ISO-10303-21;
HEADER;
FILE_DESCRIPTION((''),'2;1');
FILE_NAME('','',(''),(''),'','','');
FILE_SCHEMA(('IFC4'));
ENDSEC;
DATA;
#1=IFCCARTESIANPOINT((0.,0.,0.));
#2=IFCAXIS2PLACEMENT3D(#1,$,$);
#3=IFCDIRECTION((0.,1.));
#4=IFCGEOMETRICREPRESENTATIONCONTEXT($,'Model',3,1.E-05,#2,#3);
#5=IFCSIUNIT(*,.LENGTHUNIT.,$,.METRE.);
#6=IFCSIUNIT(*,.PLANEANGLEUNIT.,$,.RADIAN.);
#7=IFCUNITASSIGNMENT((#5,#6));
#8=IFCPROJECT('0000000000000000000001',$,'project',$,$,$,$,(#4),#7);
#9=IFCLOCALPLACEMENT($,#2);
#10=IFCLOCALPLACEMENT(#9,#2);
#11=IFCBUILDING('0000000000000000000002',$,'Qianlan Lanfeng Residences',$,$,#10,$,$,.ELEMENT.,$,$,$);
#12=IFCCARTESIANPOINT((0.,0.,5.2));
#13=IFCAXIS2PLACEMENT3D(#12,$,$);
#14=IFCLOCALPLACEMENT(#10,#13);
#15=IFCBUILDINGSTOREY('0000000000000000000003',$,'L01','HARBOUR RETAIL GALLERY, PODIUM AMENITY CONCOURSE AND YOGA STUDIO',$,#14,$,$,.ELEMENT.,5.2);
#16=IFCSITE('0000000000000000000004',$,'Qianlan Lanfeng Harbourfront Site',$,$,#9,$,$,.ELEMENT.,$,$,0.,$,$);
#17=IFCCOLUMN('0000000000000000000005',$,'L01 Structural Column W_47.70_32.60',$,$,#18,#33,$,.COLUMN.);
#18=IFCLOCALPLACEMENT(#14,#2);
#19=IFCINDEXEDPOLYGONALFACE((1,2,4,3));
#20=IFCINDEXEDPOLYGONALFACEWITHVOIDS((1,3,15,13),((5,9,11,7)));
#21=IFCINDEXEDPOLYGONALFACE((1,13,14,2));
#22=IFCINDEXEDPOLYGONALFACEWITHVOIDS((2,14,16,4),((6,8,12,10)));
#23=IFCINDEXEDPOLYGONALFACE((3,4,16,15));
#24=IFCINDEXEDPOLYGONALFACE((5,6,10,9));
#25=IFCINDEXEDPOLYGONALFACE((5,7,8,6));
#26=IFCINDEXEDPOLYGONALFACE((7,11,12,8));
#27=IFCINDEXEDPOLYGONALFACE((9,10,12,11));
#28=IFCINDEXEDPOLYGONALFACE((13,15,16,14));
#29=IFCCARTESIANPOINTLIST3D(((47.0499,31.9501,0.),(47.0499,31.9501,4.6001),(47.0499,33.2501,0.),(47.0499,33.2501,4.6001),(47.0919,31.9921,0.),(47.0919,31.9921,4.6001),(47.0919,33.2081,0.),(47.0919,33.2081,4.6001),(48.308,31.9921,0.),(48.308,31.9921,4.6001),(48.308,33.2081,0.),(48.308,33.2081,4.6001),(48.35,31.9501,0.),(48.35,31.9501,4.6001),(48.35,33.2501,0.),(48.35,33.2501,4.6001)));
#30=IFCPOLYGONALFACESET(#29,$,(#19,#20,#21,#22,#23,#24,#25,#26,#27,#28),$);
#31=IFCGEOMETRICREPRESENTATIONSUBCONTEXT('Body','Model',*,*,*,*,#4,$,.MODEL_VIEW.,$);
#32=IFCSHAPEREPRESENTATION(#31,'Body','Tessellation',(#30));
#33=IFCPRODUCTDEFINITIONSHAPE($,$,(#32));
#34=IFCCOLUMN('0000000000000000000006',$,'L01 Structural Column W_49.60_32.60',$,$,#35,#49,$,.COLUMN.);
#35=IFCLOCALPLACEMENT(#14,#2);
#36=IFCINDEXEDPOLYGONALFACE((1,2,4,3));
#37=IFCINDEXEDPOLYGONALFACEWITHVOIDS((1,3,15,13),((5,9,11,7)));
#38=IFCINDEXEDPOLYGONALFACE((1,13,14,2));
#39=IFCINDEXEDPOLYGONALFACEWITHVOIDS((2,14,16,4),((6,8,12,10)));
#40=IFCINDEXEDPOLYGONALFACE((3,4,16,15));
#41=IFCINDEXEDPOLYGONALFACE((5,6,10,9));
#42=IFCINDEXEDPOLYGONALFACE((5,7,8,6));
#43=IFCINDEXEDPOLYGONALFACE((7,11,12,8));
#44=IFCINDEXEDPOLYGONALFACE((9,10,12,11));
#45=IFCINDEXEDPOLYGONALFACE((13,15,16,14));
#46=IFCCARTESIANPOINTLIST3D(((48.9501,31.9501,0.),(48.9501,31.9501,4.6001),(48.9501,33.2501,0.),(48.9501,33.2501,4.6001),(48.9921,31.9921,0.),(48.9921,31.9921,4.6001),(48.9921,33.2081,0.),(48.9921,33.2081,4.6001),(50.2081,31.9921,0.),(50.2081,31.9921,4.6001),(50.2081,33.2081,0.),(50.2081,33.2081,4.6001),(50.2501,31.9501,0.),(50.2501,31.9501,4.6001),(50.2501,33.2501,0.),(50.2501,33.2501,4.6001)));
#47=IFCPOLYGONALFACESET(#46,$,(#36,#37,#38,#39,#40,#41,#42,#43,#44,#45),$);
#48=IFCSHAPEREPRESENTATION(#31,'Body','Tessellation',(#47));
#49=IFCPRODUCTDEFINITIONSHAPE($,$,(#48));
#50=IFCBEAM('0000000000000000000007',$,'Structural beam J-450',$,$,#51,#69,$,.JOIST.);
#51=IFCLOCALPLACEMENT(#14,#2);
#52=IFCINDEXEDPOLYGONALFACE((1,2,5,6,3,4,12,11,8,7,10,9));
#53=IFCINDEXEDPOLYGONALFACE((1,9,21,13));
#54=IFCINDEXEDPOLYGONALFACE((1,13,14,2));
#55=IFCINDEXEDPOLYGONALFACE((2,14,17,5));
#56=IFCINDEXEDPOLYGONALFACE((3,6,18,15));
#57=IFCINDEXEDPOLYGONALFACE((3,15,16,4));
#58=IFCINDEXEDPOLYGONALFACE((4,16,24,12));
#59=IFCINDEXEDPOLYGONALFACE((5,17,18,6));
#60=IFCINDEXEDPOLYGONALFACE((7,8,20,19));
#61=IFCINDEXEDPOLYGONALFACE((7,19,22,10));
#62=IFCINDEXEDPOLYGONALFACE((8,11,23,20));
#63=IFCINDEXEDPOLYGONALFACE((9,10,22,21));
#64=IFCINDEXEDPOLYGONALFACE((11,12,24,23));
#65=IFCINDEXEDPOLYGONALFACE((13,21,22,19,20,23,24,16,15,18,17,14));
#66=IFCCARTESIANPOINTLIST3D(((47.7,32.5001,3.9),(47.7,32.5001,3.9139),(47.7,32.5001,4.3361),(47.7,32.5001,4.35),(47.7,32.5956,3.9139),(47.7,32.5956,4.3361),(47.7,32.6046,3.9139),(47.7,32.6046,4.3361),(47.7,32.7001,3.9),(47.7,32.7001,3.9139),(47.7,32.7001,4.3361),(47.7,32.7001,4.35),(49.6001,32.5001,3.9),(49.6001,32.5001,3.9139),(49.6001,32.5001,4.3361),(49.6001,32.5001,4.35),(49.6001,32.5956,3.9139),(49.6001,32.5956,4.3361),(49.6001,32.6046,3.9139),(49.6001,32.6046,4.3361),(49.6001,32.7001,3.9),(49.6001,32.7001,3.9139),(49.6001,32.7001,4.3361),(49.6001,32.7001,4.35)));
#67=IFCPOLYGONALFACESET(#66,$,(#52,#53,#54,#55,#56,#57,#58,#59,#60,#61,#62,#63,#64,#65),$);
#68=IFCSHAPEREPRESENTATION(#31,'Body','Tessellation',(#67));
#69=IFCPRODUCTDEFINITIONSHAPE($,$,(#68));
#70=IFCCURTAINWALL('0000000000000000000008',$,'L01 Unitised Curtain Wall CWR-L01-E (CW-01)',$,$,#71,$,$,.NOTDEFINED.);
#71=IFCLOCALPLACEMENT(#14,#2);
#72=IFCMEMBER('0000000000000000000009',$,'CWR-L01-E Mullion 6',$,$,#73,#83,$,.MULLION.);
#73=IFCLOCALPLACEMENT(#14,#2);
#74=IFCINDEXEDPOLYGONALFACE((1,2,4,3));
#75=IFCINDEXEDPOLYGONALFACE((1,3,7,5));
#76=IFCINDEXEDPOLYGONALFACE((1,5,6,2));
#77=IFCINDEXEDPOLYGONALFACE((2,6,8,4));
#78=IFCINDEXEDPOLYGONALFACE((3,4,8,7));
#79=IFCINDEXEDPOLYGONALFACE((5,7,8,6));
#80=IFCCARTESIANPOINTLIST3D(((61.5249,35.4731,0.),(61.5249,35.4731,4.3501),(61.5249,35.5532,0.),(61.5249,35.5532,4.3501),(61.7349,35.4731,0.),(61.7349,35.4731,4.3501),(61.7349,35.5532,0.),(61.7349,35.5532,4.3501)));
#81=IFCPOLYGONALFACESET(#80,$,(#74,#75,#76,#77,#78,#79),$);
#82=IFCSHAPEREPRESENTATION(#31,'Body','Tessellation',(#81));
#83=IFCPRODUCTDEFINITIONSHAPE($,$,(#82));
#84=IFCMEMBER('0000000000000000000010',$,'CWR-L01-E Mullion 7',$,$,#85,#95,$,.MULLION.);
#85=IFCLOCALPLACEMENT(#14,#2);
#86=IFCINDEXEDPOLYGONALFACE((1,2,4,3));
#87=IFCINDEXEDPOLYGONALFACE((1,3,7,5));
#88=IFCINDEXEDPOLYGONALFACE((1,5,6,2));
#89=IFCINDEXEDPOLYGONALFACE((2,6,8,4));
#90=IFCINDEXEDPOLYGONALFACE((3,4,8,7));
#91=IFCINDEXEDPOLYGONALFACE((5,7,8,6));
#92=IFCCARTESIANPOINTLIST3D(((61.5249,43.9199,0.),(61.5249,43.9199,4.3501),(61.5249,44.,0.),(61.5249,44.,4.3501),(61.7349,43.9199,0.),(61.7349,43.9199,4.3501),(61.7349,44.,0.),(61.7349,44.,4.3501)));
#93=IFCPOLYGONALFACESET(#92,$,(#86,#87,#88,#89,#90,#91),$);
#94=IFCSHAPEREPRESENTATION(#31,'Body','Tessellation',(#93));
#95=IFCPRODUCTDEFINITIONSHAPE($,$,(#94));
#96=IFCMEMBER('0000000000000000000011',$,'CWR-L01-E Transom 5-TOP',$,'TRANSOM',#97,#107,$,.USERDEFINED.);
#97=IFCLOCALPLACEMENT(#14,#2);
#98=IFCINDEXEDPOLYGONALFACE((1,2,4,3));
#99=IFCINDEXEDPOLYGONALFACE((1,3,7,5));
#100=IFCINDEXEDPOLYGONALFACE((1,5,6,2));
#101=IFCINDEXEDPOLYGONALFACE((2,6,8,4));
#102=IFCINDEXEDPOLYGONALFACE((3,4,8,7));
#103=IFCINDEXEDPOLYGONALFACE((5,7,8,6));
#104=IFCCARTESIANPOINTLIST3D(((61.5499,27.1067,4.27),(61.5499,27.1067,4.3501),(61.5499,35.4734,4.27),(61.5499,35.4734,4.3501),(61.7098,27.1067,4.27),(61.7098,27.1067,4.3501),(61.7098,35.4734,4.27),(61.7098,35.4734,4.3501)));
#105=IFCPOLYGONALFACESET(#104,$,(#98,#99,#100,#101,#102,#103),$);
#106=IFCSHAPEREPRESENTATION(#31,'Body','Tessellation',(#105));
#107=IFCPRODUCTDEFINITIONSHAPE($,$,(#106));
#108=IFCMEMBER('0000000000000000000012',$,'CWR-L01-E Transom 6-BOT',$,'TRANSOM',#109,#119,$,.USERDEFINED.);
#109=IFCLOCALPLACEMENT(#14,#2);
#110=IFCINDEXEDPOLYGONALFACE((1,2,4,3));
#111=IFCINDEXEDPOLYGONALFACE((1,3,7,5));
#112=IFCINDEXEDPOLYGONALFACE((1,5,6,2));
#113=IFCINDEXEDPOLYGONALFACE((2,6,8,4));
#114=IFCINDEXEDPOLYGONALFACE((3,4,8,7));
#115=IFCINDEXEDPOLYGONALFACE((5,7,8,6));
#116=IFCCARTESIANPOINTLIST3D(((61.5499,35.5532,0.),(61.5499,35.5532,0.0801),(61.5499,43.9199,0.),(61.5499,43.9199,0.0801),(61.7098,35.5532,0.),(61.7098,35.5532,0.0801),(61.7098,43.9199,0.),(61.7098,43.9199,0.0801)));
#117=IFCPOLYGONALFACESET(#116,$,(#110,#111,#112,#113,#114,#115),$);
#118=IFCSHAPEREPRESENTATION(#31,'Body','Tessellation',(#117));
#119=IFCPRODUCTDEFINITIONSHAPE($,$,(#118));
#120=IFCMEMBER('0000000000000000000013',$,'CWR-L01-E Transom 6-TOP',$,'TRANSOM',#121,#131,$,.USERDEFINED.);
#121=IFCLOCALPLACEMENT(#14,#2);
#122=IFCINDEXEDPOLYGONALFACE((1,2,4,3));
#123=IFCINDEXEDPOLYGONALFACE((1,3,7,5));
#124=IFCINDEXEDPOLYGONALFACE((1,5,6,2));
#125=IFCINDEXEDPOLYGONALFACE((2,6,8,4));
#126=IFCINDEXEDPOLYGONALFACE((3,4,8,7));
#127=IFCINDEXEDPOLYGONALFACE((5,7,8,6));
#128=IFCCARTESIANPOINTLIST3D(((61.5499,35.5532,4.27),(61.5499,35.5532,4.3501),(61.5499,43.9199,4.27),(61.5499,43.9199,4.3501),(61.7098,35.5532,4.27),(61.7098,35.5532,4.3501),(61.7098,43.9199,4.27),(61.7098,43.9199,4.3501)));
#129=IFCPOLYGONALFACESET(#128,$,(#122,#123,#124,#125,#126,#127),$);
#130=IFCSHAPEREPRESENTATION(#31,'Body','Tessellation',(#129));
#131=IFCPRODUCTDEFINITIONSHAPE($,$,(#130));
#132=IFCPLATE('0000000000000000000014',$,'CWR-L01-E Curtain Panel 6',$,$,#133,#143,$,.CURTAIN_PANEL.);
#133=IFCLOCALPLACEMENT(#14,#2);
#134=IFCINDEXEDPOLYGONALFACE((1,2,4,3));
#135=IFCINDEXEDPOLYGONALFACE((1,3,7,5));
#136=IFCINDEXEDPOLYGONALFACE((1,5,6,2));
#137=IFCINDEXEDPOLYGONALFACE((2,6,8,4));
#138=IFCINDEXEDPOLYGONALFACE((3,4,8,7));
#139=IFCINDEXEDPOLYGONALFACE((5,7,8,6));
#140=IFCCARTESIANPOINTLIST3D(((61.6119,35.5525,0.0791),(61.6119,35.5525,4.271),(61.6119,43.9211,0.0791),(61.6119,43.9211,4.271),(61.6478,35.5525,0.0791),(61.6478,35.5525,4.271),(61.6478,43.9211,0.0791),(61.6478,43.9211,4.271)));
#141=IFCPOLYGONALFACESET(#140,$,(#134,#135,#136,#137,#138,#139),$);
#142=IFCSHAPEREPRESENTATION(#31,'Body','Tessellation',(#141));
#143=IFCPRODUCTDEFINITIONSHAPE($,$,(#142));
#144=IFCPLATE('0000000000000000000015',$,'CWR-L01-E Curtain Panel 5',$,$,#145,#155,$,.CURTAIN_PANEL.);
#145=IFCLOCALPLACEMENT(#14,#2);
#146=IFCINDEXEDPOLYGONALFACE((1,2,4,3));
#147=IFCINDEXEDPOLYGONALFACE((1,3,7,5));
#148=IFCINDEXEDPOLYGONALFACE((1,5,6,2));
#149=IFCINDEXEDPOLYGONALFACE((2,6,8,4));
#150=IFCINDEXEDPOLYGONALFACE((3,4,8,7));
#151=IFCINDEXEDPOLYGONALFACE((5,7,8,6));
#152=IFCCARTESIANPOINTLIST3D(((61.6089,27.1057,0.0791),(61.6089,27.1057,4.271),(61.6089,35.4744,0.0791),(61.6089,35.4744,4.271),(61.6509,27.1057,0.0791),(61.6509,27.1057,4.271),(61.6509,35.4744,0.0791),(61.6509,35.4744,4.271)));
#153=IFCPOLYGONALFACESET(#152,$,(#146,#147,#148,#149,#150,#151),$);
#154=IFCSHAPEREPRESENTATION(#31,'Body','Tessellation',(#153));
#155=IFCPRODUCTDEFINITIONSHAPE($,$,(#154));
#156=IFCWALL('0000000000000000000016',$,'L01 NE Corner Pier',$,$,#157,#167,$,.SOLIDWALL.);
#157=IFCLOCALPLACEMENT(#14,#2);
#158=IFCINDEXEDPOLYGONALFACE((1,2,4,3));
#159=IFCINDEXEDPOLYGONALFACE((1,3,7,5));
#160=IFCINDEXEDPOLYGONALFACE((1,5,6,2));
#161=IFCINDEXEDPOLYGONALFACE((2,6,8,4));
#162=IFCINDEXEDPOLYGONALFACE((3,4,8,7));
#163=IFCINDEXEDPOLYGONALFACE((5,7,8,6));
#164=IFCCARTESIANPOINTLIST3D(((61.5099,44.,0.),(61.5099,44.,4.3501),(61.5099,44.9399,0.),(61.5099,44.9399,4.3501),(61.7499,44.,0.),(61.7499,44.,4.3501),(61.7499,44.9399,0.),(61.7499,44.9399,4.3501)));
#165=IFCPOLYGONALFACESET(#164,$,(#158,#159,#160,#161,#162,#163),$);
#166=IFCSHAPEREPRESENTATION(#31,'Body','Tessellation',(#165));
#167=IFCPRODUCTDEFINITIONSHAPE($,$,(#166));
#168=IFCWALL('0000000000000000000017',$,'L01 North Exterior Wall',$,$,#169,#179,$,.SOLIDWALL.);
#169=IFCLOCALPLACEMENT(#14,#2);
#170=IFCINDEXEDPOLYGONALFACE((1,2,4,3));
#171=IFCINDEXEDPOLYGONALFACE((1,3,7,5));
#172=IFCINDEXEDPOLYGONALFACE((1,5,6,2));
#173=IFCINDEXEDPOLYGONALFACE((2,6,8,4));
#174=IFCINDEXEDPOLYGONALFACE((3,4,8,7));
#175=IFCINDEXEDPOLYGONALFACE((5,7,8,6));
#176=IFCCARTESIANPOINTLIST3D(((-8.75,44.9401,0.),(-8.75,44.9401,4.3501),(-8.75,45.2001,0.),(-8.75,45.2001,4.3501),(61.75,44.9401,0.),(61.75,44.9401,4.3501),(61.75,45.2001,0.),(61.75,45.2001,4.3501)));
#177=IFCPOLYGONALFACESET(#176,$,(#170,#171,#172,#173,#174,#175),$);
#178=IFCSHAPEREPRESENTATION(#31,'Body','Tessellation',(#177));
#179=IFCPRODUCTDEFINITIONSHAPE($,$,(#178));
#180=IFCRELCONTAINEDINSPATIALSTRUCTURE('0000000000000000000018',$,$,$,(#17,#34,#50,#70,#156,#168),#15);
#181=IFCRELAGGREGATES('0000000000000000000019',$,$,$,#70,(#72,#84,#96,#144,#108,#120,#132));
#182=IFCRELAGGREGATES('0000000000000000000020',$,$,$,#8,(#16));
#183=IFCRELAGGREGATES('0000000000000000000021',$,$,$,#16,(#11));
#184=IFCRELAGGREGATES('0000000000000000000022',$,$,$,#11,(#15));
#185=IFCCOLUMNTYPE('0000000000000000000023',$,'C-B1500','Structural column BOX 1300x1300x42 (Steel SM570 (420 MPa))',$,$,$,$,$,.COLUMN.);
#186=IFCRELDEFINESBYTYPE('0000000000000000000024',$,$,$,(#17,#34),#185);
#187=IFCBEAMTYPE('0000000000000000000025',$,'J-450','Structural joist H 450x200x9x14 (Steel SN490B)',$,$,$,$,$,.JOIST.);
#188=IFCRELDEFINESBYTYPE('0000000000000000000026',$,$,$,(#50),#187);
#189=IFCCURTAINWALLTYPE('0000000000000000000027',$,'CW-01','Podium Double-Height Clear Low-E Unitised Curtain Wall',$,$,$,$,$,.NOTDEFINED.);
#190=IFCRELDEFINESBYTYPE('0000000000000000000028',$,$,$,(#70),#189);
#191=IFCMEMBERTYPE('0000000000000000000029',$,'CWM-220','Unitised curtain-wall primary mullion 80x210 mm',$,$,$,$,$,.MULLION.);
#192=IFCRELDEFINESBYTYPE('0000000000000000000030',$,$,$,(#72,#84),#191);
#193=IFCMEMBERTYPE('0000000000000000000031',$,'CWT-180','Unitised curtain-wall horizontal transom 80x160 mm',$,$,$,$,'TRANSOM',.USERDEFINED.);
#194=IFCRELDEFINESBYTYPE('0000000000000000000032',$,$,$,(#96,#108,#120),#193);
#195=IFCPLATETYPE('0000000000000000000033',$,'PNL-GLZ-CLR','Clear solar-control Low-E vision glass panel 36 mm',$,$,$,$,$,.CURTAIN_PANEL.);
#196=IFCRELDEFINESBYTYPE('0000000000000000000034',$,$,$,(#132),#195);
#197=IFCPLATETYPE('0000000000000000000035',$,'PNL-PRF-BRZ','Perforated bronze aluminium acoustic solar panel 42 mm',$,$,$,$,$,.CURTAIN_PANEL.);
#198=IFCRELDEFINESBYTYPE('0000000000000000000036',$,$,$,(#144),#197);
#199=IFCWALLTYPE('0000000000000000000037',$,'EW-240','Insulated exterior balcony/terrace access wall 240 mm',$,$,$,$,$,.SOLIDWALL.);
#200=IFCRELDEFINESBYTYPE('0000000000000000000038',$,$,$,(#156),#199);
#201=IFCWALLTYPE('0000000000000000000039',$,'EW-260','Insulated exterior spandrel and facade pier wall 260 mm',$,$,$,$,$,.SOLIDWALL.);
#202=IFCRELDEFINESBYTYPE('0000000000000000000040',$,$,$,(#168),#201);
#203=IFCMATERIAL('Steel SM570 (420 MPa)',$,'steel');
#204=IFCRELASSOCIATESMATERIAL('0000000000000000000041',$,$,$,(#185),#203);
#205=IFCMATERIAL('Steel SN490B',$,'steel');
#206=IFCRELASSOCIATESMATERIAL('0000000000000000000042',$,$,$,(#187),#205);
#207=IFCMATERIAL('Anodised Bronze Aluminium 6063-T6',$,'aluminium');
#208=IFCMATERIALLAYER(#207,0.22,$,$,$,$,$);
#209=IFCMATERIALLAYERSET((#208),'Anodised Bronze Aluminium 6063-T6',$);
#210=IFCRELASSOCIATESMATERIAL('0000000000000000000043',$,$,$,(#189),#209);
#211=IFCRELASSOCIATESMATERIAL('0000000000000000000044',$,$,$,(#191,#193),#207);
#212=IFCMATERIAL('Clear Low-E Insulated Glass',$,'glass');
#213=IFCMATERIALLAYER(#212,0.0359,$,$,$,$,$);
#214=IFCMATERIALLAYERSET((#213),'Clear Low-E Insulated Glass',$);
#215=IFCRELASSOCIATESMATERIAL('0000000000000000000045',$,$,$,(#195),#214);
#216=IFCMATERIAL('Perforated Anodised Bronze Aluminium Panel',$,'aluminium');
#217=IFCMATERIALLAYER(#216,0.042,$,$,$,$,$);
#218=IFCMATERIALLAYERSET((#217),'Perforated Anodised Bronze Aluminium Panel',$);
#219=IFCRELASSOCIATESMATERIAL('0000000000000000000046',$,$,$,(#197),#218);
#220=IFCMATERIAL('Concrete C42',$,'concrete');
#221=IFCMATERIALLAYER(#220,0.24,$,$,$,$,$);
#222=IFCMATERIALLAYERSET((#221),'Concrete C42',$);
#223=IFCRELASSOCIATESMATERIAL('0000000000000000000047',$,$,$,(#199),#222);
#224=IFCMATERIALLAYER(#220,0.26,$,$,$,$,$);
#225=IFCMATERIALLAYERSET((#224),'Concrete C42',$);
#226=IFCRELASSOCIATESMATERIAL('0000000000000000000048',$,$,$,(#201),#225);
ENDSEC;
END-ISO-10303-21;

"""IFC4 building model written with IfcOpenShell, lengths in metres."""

from ifc_helpers import new_model, si_unit, direction, frame, frame_2d, origin, origin_2d, place, context, subcontext, project, spatial, rectangle, hollow_rectangle, i_section, extrude, source, transform, mapped, material, layer, layer_set, material_profile, profile_set, type_object, element, aggregate, save


model = new_model("IFC4")

# Units and contexts
model_context = context("Model", 3, precision=1e-05, world=origin(), true_north=direction((0.0, 1.0)))
body_context = subcontext(model_context, "Body", "Model", "MODEL_VIEW")
ifc_project = project(units=[si_unit("LENGTHUNIT", "METRE"), si_unit("PLANEANGLEUNIT", "RADIAN")], contexts=[model_context])

# Site, building, storey
site_placement = place(None, origin())
site = spatial("IfcSite", under=ifc_project, at=site_placement, Name="Qianlan Lanfeng Harbourfront Site", CompositionType="ELEMENT", RefElevation=0.0)
building_placement = place(site_placement, origin())
building = spatial("IfcBuilding", under=site, at=building_placement, Name="Qianlan Lanfeng Residences", CompositionType="ELEMENT")
storey_placement = place(building_placement, frame((0.0, 0.0, 5.2)))
storey = spatial("IfcBuildingStorey", under=building, at=storey_placement, Name="L01", Description="HARBOUR RETAIL GALLERY, PODIUM AMENITY CONCOURSE AND YOGA STUDIO", CompositionType="ELEMENT", Elevation=5.2)

# Columns
ifc_material_1 = material(Name="Steel SM570 (420 MPa)", Category="steel")
ifc_material_profile_1 = material_profile(ifc_material_1, hollow_rectangle(XDim=1.3, YDim=1.3, WallThickness=0.042, at=origin_2d()), Name="BOX 1300x1300x42")
ifc_profile_set_1 = profile_set([ifc_material_profile_1], Name="Steel SM570 (420 MPa)")
column_type = type_object("IfcColumnType", Name="C-B1500", Description="Structural column BOX 1300x1300x42 (Steel SM570 (420 MPa))", PredefinedType="COLUMN", material=ifc_profile_set_1)
for number, where, z_axis, x_axis, name in (
    (1, (47.7, 32.6001, 0.0), (0.0, 0.0, 1.0), (1.0, 0.0, 0.0), "L01 Structural Column W_47.70_32.60"),
    (2, (49.6001, 32.6001, 0.0), (0.0, 0.0, 1.0), (1.0, 0.0, 0.0), "L01 Structural Column W_49.60_32.60"),
):
    element("IfcColumn", number, at=place(storey_placement, frame(where, z_axis=z_axis, x_axis=x_axis)), inside=storey, type_object=column_type, Name=name, PredefinedType="COLUMN", context=body_context, shape_type="SweptSolid", body=[
        extrude(hollow_rectangle(XDim=1.3, YDim=1.3, WallThickness=0.042, at=origin_2d()), origin(), (0.0, 0.0, 1.0), 4.6001),
    ])

# Beam
ifc_material_2 = material(Name="Steel SN490B", Category="steel")
ifc_material_profile_2 = material_profile(ifc_material_2, i_section(OverallWidth=0.2, OverallDepth=0.45, WebThickness=0.009, FlangeThickness=0.0139, at=origin_2d()), Name="H 450x200x9x14")
ifc_profile_set_2 = profile_set([ifc_material_profile_2], Name="Steel SN490B")
beam_type = type_object("IfcBeamType", Name="J-450", Description="Structural joist H 450x200x9x14 (Steel SN490B)", PredefinedType="JOIST", material=ifc_profile_set_2)
beam_placement = place(storey_placement, frame((47.7, 32.6001, 4.125), z_axis=(1.0, 0.0, 0.0), x_axis=(0.0, 1.0, 0.0)))
element("IfcBeam", 3, at=beam_placement, inside=storey, type_object=beam_type, Name="Structural beam J-450", PredefinedType="JOIST", context=body_context, shape_type="SweptSolid", body=[
    extrude(i_section(OverallWidth=0.2, OverallDepth=0.45, WebThickness=0.009, FlangeThickness=0.0139, at=origin_2d()), origin(), (0.0, 0.0, 1.0), 1.9001),
])

# Curtain wall, members, plates
ifc_material_3 = material(Name="Anodised Bronze Aluminium 6063-T6", Category="aluminium")
ifc_layer_1 = layer(ifc_material_3, 0.22)
ifc_layer_set_1 = layer_set([ifc_layer_1], Name="Anodised Bronze Aluminium 6063-T6")
curtain_wall_type = type_object("IfcCurtainWallType", Name="CW-01", Description="Podium Double-Height Clear Low-E Unitised Curtain Wall", PredefinedType="NOTDEFINED", material=ifc_layer_set_1)
curtain_wall_placement = place(storey_placement, origin())
curtain_wall = element("IfcCurtainWall", 4, at=curtain_wall_placement, inside=storey, type_object=curtain_wall_type, Name="L01 Unitised Curtain Wall CWR-L01-E (CW-01)", PredefinedType="NOTDEFINED")
ifc_material_profile_3 = material_profile(ifc_material_3, rectangle(XDim=0.0801, YDim=0.21, at=origin_2d()), Name="ALU MULLION 80x210")
ifc_profile_set_3 = profile_set([ifc_material_profile_3], Name="Anodised Bronze Aluminium 6063-T6")
member_type_1 = type_object("IfcMemberType", Name="CWM-220", Description="Unitised curtain-wall primary mullion 80x210 mm", PredefinedType="MULLION", material=ifc_profile_set_3)
shared_shape_1 = source(origin(), body_context, "Body", "SweptSolid", [
    extrude(rectangle(XDim=0.0801, YDim=0.21, at=origin_2d()), origin(), (0.0, 0.0, 1.0), 4.3501),
])
member_1_placement = place(storey_placement, frame((61.6299, 35.5132, 0.0), z_axis=(0.0, 0.0, 1.0), x_axis=(0.0, 1.0, 0.0)))
member_1 = element("IfcMember", 5, at=member_1_placement, type_object=member_type_1, Name="CWR-L01-E Mullion 6", PredefinedType="MULLION", context=body_context, shape_type="MappedRepresentation", body=[
    mapped(shared_shape_1, transform((0.0, 0.0, 0.0), scale=1.0)),
])
member_2_placement = place(storey_placement, frame((61.6299, 43.96, 0.0), z_axis=(0.0, 0.0, 1.0), x_axis=(0.0, 1.0, 0.0)))
member_2 = element("IfcMember", 6, at=member_2_placement, type_object=member_type_1, Name="CWR-L01-E Mullion 7", PredefinedType="MULLION", context=body_context, shape_type="MappedRepresentation", body=[
    mapped(shared_shape_1, transform((0.0, 0.0, 0.0), scale=1.0)),
])
ifc_material_profile_4 = material_profile(ifc_material_3, rectangle(XDim=0.0801, YDim=0.1599, at=origin_2d()), Name="ALU TRANSOM 80x160")
ifc_profile_set_4 = profile_set([ifc_material_profile_4], Name="Anodised Bronze Aluminium 6063-T6")
member_type_2 = type_object("IfcMemberType", Name="CWT-180", Description="Unitised curtain-wall horizontal transom 80x160 mm", ElementType="TRANSOM", PredefinedType="USERDEFINED", material=ifc_profile_set_4)
shared_shape_2 = source(origin(), body_context, "Body", "SweptSolid", [
    extrude(rectangle(XDim=0.0801, YDim=0.1599, at=origin_2d()), origin(), (0.0, 0.0, 1.0), 8.3667),
])
member_3_placement = place(storey_placement, frame((61.6299, 27.1067, 4.3101), z_axis=(0.0, 1.0, 0.0), x_axis=(0.0, 0.0, 1.0)))
member_3 = element("IfcMember", 7, at=member_3_placement, type_object=member_type_2, Name="CWR-L01-E Transom 5-TOP", ObjectType="TRANSOM", PredefinedType="USERDEFINED", context=body_context, shape_type="MappedRepresentation", body=[
    mapped(shared_shape_2, transform((0.0, 0.0, 0.0), scale=1.0)),
])
member_4_placement = place(storey_placement, frame((61.6299, 35.5532, 0.04), z_axis=(0.0, 1.0, 0.0), x_axis=(0.0, 0.0, 1.0)))
member_4 = element("IfcMember", 8, at=member_4_placement, type_object=member_type_2, Name="CWR-L01-E Transom 6-BOT", ObjectType="TRANSOM", PredefinedType="USERDEFINED", context=body_context, shape_type="MappedRepresentation", body=[
    mapped(shared_shape_2, transform((0.0, 0.0, 0.0), scale=1.0)),
])
member_5_placement = place(storey_placement, frame((61.6299, 35.5532, 4.3101), z_axis=(0.0, 1.0, 0.0), x_axis=(0.0, 0.0, 1.0)))
member_5 = element("IfcMember", 9, at=member_5_placement, type_object=member_type_2, Name="CWR-L01-E Transom 6-TOP", ObjectType="TRANSOM", PredefinedType="USERDEFINED", context=body_context, shape_type="MappedRepresentation", body=[
    mapped(shared_shape_2, transform((0.0, 0.0, 0.0), scale=1.0)),
])
ifc_material_4 = material(Name="Clear Low-E Insulated Glass", Category="glass")
ifc_layer_2 = layer(ifc_material_4, 0.0359)
ifc_layer_set_2 = layer_set([ifc_layer_2], Name="Clear Low-E Insulated Glass")
plate_type_1 = type_object("IfcPlateType", Name="PNL-GLZ-CLR", Description="Clear solar-control Low-E vision glass panel 36 mm", PredefinedType="CURTAIN_PANEL", material=ifc_layer_set_2)
shared_shape_3 = source(origin(), body_context, "Body", "SweptSolid", [
    extrude(rectangle(XDim=8.3687, YDim=0.0359, at=origin_2d()), origin(), (0.0, 0.0, 1.0), 4.1919),
])
plate_1_placement = place(storey_placement, frame((61.6299, 39.7368, 0.0791), z_axis=(0.0, 0.0, 1.0), x_axis=(0.0, 1.0, 0.0)))
plate_1 = element("IfcPlate", 10, at=plate_1_placement, type_object=plate_type_1, Name="CWR-L01-E Curtain Panel 6", PredefinedType="CURTAIN_PANEL", context=body_context, shape_type="MappedRepresentation", body=[
    mapped(shared_shape_3, transform((0.0, 0.0, 0.0), scale=1.0)),
])
ifc_material_5 = material(Name="Perforated Anodised Bronze Aluminium Panel", Category="aluminium")
ifc_layer_3 = layer(ifc_material_5, 0.042)
ifc_layer_set_3 = layer_set([ifc_layer_3], Name="Perforated Anodised Bronze Aluminium Panel")
plate_type_2 = type_object("IfcPlateType", Name="PNL-PRF-BRZ", Description="Perforated bronze aluminium acoustic solar panel 42 mm", PredefinedType="CURTAIN_PANEL", material=ifc_layer_set_3)
shared_shape_4 = source(origin(), body_context, "Body", "SweptSolid", [
    extrude(rectangle(XDim=8.3687, YDim=0.042, at=origin_2d()), origin(), (0.0, 0.0, 1.0), 4.1919),
])
plate_2_placement = place(storey_placement, frame((61.6299, 31.29, 0.0791), z_axis=(0.0, 0.0, 1.0), x_axis=(0.0, 1.0, 0.0)))
plate_2 = element("IfcPlate", 11, at=plate_2_placement, type_object=plate_type_2, Name="CWR-L01-E Curtain Panel 5", PredefinedType="CURTAIN_PANEL", context=body_context, shape_type="MappedRepresentation", body=[
    mapped(shared_shape_4, transform((0.0, 0.0, 0.0), scale=1.0)),
])
aggregate(curtain_wall, [member_1, member_2, member_3, plate_2, member_4, member_5, plate_1])

# Walls
ifc_material_6 = material(Name="Concrete C42", Category="concrete")
ifc_layer_4 = layer(ifc_material_6, 0.24)
ifc_layer_set_4 = layer_set([ifc_layer_4], Name="Concrete C42")
wall_type_1 = type_object("IfcWallType", Name="EW-240", Description="Insulated exterior balcony/terrace access wall 240 mm", PredefinedType="SOLIDWALL", material=ifc_layer_set_4)
wall_1_placement = place(storey_placement, frame((61.6299, 44.0, 0.0), z_axis=(0.0, 0.0, 1.0), x_axis=(0.0, 1.0, 0.0)))
element("IfcWall", 12, at=wall_1_placement, inside=storey, type_object=wall_type_1, Name="L01 NE Corner Pier", PredefinedType="SOLIDWALL", context=body_context, shape_type="SweptSolid", body=[
    extrude(rectangle(XDim=0.9399, YDim=0.24, at=frame_2d((0.47, 0.0))), origin(), (0.0, 0.0, 1.0), 4.3501),
])
ifc_layer_5 = layer(ifc_material_6, 0.26)
ifc_layer_set_5 = layer_set([ifc_layer_5], Name="Concrete C42")
wall_type_2 = type_object("IfcWallType", Name="EW-260", Description="Insulated exterior spandrel and facade pier wall 260 mm", PredefinedType="SOLIDWALL", material=ifc_layer_set_5)
wall_2_placement = place(storey_placement, frame((61.75, 45.0701, 0.0), z_axis=(0.0, 0.0, 1.0), x_axis=(-1.0, 0.0, 0.0)))
element("IfcWall", 13, at=wall_2_placement, inside=storey, type_object=wall_type_2, Name="L01 North Exterior Wall", PredefinedType="SOLIDWALL", context=body_context, shape_type="SweptSolid", body=[
    extrude(rectangle(XDim=70.5, YDim=0.26, at=frame_2d((35.25, 0.0))), origin(), (0.0, 0.0, 1.0), 4.3501),
])

save(model, "model.ifc")
